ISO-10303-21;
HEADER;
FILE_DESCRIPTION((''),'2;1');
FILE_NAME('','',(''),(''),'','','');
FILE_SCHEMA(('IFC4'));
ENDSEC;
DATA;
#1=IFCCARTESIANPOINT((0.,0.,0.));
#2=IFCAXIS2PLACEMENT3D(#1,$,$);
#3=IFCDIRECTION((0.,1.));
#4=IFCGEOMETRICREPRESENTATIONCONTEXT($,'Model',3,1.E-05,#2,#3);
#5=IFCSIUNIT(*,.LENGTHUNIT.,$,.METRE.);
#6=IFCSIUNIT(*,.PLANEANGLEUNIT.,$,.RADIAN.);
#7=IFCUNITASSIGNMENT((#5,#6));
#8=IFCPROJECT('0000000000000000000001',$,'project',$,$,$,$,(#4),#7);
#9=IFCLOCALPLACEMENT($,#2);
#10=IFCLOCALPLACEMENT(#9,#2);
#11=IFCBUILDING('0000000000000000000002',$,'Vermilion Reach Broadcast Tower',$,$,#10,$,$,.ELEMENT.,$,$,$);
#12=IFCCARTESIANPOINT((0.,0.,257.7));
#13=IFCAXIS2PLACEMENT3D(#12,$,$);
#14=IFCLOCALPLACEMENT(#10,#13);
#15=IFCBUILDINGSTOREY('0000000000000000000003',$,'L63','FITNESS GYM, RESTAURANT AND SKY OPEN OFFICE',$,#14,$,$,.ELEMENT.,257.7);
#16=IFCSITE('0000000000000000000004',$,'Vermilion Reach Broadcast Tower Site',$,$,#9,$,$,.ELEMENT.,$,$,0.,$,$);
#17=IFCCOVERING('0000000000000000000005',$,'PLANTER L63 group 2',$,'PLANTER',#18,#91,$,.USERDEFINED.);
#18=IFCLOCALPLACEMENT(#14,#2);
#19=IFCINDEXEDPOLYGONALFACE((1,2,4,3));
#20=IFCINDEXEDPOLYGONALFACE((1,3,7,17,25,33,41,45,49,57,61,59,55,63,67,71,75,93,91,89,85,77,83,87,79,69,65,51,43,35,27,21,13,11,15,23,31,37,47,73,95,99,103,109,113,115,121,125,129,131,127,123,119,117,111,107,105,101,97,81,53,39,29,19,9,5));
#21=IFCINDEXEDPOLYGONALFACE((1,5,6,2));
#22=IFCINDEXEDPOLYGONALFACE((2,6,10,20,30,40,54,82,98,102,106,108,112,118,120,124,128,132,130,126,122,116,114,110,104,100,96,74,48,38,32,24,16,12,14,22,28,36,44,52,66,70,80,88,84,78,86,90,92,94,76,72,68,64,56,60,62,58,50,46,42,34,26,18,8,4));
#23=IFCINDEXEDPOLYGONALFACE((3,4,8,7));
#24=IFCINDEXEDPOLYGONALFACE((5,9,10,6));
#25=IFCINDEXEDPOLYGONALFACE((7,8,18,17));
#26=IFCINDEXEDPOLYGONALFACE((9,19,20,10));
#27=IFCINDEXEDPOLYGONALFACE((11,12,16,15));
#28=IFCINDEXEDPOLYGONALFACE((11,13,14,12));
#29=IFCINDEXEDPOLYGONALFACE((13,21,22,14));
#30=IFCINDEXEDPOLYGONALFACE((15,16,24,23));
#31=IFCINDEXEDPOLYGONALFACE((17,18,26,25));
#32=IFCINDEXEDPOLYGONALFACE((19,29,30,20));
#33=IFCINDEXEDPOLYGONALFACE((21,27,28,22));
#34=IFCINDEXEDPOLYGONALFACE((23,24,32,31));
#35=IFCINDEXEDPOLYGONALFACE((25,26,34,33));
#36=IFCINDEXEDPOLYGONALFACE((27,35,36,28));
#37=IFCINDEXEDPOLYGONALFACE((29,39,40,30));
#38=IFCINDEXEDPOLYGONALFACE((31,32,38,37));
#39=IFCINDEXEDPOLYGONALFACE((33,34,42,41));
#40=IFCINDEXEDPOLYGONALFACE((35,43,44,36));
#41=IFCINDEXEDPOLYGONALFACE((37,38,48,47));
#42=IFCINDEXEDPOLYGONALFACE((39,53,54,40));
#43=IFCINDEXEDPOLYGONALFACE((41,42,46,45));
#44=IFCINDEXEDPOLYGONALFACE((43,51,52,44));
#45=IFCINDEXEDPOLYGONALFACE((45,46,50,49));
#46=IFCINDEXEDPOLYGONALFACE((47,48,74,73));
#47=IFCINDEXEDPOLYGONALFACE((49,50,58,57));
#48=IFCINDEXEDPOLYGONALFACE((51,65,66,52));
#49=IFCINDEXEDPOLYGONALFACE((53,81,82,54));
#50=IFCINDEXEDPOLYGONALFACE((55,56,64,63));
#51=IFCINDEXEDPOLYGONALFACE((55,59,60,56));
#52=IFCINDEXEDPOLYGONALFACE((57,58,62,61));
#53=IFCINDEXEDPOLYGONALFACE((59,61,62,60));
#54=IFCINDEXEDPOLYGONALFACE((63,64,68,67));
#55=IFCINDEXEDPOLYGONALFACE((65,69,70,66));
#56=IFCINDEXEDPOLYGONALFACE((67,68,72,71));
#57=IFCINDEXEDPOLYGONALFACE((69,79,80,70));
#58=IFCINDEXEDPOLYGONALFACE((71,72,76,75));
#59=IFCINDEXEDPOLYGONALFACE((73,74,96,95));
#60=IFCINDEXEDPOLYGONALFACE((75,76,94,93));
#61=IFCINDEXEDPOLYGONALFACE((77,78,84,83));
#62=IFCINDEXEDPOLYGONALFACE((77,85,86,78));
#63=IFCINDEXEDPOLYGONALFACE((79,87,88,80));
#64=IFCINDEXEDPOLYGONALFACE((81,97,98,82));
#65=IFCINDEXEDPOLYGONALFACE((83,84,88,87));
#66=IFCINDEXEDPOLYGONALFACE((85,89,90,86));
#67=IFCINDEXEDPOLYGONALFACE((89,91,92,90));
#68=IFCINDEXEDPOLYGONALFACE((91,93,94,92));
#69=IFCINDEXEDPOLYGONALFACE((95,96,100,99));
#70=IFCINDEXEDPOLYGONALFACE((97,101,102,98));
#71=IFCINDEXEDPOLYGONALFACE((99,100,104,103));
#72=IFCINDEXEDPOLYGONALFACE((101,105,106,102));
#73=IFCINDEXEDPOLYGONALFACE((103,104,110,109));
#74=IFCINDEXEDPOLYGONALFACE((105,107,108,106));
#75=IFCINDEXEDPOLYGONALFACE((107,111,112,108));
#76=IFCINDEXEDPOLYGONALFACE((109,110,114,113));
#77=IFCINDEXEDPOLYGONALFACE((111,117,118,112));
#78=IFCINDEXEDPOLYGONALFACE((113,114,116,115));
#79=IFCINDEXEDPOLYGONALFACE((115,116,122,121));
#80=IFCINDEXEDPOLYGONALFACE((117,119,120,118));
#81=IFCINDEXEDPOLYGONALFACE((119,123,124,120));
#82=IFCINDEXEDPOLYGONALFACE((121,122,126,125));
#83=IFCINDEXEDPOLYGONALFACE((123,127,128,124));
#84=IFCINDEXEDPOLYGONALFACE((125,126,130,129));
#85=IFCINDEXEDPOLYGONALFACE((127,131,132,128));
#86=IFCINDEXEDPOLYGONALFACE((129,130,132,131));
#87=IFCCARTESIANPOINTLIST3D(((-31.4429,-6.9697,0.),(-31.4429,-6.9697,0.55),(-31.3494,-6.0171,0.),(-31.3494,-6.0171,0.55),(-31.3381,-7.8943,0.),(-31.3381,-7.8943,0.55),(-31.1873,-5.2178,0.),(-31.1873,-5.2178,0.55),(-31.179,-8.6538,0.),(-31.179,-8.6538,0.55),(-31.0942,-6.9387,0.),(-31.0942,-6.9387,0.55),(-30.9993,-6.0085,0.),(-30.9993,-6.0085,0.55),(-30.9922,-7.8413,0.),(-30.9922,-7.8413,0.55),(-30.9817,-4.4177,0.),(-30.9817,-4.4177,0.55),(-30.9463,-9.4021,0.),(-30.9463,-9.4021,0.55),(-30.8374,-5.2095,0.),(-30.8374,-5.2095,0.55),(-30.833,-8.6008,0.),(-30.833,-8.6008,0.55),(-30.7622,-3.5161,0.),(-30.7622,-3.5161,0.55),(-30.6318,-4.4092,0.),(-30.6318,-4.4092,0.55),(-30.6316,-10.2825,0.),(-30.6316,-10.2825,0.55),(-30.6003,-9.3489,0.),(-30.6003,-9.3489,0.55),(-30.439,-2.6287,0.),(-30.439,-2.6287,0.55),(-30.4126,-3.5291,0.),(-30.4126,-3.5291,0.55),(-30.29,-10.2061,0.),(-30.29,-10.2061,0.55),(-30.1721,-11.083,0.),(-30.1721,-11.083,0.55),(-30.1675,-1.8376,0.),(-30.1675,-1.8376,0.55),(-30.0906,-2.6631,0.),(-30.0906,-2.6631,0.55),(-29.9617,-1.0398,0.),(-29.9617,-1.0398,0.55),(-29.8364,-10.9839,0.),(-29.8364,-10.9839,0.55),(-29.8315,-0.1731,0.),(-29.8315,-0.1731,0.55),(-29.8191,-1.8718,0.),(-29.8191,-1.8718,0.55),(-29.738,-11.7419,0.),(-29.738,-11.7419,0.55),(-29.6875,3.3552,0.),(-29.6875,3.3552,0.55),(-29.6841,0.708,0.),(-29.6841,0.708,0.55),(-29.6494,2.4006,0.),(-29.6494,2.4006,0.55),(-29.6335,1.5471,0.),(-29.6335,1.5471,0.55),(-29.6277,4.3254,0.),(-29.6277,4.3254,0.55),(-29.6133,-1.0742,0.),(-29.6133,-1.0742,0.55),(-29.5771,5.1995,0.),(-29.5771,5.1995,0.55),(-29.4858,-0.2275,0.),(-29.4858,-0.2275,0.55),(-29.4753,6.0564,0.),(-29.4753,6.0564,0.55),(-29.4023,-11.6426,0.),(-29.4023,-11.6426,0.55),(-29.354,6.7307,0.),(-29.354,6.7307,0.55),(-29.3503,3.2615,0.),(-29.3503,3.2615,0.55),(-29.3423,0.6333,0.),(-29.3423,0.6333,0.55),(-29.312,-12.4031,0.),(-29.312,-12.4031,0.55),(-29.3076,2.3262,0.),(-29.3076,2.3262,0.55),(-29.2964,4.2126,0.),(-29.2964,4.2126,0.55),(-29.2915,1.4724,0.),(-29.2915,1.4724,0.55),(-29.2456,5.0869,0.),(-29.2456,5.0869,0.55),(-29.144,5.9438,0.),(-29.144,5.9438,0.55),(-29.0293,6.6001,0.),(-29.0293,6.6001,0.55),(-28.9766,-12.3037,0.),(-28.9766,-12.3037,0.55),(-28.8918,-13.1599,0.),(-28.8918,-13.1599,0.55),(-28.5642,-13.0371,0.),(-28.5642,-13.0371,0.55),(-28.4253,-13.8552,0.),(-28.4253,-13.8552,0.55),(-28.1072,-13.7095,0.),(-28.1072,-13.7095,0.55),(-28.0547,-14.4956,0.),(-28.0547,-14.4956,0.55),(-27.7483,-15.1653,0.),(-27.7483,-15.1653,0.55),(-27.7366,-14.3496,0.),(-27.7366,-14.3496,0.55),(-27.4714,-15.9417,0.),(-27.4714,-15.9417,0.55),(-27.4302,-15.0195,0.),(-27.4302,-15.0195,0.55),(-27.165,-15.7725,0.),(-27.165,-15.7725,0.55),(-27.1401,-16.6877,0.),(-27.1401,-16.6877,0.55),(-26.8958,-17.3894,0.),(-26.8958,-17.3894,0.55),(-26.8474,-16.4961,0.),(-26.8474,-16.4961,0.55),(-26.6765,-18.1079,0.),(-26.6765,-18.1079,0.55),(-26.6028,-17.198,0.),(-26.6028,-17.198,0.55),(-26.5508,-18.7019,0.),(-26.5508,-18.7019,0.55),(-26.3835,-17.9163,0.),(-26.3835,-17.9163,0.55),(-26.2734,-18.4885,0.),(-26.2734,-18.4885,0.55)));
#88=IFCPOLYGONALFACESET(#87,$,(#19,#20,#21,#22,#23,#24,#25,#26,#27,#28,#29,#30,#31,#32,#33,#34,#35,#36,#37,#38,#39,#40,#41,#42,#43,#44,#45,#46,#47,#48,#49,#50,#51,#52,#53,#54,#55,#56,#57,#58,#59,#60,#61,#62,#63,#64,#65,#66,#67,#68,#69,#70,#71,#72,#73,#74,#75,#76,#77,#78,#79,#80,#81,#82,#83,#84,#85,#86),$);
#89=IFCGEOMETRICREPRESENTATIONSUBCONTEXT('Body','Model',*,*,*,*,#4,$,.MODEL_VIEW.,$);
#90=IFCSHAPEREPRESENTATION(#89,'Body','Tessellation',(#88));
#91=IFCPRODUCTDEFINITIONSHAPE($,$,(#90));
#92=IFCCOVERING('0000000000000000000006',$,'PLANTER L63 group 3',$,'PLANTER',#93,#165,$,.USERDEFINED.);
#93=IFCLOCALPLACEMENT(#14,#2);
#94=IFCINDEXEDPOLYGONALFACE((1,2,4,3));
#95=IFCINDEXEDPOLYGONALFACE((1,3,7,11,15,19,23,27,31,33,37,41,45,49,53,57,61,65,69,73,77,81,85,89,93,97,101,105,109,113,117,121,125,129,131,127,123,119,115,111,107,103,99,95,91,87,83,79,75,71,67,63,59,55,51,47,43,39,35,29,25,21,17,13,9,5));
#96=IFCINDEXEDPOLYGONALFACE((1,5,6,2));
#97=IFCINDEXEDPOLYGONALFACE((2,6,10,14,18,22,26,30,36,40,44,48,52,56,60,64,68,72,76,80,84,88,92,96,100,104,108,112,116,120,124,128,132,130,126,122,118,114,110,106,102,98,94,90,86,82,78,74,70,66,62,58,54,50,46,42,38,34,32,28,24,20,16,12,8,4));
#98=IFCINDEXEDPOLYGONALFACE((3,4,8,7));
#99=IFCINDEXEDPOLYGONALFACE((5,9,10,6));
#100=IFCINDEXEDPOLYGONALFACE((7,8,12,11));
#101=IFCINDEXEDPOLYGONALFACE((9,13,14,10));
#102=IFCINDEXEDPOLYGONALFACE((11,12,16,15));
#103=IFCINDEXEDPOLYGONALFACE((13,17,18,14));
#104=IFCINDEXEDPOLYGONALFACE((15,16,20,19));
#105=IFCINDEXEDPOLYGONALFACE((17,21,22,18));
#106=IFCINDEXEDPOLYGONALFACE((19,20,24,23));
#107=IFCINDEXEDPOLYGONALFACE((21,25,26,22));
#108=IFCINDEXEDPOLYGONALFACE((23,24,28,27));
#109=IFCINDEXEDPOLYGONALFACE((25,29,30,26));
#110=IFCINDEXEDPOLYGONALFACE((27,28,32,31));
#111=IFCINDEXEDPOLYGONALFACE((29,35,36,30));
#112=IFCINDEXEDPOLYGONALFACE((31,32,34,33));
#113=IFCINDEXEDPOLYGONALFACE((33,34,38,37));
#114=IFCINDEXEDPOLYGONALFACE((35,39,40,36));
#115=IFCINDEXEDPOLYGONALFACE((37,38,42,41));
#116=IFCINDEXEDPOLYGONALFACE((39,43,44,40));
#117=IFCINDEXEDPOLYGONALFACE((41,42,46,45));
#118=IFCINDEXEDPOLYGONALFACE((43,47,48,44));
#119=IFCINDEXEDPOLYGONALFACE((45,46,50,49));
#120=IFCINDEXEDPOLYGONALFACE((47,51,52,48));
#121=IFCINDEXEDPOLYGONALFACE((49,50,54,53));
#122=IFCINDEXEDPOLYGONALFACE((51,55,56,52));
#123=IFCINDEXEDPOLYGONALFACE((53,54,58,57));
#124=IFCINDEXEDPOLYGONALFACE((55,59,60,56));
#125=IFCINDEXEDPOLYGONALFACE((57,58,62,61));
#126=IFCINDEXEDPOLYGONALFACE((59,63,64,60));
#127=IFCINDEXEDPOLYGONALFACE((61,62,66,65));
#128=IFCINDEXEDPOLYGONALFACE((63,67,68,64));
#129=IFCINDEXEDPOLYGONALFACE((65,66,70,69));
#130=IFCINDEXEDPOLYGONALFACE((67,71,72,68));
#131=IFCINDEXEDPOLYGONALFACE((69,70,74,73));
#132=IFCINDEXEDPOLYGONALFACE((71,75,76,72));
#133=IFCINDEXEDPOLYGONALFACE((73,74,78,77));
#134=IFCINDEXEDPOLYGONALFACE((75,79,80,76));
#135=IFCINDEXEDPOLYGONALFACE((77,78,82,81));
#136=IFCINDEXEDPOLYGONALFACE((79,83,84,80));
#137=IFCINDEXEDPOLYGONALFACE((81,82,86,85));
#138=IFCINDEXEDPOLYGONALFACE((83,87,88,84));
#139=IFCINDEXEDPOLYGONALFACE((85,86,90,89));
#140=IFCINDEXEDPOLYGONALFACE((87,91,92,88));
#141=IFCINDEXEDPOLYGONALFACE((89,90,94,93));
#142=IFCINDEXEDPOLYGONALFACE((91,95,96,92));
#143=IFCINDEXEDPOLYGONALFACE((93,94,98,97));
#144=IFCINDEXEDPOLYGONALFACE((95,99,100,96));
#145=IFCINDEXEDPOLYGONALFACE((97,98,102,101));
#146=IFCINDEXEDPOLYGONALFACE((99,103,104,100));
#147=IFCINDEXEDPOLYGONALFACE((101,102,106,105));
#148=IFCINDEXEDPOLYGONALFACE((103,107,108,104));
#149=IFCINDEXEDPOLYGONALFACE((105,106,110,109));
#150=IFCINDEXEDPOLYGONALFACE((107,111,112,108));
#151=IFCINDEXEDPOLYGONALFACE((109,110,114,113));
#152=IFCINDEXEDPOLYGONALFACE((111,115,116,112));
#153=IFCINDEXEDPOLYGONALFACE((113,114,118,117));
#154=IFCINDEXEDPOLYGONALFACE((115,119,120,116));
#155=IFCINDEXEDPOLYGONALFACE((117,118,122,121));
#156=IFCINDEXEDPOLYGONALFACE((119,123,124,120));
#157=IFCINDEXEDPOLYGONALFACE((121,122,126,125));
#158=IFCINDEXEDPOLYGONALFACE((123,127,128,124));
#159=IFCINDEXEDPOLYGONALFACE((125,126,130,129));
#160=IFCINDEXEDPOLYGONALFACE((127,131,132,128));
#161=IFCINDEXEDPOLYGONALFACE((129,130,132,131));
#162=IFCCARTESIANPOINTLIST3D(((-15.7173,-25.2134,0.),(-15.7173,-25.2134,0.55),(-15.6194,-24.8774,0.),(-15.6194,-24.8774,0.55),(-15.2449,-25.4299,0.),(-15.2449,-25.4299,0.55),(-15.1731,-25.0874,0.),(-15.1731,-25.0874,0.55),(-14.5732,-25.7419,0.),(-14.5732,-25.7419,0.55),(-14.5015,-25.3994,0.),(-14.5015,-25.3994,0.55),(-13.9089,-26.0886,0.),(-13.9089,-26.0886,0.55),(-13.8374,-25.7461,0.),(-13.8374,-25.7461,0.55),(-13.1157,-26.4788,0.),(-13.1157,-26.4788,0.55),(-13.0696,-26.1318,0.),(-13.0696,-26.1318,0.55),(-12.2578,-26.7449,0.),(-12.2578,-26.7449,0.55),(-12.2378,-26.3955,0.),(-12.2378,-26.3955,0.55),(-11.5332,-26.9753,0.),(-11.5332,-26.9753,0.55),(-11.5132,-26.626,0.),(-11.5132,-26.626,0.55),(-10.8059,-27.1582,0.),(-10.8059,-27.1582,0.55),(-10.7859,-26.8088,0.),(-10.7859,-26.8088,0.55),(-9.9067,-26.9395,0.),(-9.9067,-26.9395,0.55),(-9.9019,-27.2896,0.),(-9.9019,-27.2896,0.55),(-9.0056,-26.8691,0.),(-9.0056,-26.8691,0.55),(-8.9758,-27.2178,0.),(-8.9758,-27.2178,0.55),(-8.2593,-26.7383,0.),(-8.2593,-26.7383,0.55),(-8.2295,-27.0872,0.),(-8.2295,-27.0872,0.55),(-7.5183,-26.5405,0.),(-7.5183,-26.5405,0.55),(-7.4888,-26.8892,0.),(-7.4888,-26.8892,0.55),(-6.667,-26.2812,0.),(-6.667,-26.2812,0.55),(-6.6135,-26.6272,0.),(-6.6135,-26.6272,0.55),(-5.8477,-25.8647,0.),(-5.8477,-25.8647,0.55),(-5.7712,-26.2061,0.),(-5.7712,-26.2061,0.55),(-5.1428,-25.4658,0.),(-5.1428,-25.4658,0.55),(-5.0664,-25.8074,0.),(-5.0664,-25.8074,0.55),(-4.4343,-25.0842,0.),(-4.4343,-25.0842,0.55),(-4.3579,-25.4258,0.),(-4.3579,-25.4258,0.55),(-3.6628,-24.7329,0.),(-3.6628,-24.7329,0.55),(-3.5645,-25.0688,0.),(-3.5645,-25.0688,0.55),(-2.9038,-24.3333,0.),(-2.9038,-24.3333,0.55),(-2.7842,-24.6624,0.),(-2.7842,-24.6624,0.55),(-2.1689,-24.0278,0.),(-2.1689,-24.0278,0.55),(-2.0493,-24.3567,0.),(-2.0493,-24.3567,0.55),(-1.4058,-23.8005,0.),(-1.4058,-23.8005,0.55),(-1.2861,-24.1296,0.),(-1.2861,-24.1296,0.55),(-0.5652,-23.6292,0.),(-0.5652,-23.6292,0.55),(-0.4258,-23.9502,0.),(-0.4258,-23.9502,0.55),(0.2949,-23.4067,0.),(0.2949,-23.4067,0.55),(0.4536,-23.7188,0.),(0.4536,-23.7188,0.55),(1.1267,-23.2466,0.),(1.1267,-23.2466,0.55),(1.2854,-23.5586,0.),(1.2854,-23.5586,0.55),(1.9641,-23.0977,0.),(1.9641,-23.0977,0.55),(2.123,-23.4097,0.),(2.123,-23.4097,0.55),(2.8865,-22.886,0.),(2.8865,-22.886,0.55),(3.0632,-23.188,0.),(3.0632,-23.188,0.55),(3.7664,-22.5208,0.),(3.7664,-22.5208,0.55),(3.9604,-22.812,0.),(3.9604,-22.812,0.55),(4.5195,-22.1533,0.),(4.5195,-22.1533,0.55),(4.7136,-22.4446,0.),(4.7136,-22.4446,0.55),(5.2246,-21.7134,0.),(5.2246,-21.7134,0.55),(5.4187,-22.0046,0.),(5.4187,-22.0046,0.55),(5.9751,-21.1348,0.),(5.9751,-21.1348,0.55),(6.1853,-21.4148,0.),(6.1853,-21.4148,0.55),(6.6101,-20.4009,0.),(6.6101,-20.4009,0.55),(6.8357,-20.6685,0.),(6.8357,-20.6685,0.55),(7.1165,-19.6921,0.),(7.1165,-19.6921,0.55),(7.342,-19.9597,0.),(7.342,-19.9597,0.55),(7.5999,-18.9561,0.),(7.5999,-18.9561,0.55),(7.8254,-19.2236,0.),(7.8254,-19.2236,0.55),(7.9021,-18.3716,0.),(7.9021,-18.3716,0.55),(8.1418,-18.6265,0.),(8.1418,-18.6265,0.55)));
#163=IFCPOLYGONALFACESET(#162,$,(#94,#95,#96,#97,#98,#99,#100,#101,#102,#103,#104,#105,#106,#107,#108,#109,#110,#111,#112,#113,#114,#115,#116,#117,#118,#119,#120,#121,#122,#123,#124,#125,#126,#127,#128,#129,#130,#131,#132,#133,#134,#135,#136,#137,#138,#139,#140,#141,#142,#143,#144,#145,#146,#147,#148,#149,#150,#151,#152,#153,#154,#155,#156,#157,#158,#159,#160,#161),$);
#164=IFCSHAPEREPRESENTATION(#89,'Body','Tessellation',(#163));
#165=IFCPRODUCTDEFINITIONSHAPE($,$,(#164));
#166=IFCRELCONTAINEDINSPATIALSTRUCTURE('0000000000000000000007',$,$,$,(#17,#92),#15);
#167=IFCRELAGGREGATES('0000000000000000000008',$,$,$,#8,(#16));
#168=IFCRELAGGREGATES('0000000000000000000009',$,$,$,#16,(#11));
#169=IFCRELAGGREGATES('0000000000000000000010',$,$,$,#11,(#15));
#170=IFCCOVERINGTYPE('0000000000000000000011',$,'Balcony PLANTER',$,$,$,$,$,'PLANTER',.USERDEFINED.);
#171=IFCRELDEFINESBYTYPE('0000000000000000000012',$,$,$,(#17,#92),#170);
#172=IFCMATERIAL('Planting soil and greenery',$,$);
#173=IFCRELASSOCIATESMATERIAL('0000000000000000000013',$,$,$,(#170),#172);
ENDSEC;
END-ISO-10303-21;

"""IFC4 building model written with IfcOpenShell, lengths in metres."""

from ifc_helpers import new_model, si_unit, direction, frame, origin, place, context, subcontext, project, spatial, polyline, outline, extrude, material, type_object, element, save


model = new_model("IFC4")

# Units and contexts
model_context = context("Model", 3, precision=1e-05, world=origin(), true_north=direction((0.0, 1.0)))
body_context = subcontext(model_context, "Body", "Model", "MODEL_VIEW")
ifc_project = project(units=[si_unit("LENGTHUNIT", "METRE"), si_unit("PLANEANGLEUNIT", "RADIAN")], contexts=[model_context])

# Site, building, storey
site_placement = place(None, origin())
site = spatial("IfcSite", under=ifc_project, at=site_placement, Name="Vermilion Reach Broadcast Tower Site", CompositionType="ELEMENT", RefElevation=0.0)
building_placement = place(site_placement, origin())
building = spatial("IfcBuilding", under=site, at=building_placement, Name="Vermilion Reach Broadcast Tower", CompositionType="ELEMENT")
storey_placement = place(building_placement, frame((0.0, 0.0, 257.7)))
storey = spatial("IfcBuildingStorey", under=building, at=storey_placement, Name="L63", Description="FITNESS GYM, RESTAURANT AND SKY OPEN OFFICE", CompositionType="ELEMENT", Elevation=257.7)

# Shared definitions
placement_1 = place(storey_placement, origin())

# Coverings
ifc_material_1 = material(Name="Planting soil and greenery")
covering_type = type_object("IfcCoveringType", Name="Balcony PLANTER", ElementType="PLANTER", PredefinedType="USERDEFINED", material=ifc_material_1)
element("IfcCovering", 1, at=placement_1, inside=storey, type_object=covering_type, Name="PLANTER L63 group 2", ObjectType="PLANTER", PredefinedType="USERDEFINED", context=body_context, shape_type="SweptSolid", body=[
    extrude(outline(polyline([(-29.354, 6.7307), (-29.4753, 6.0564), (-29.5771, 5.1995), (-29.6277, 4.3254), (-29.6875, 3.3552), (-29.6494, 2.4006), (-29.6335, 1.5471), (-29.6841, 0.708), (-29.8315, -0.1731), (-29.9617, -1.0398), (-30.1675, -1.8376), (-30.439, -2.6287), (-30.7622, -3.5161), (-30.9817, -4.4177), (-31.1873, -5.2178), (-31.3494, -6.0171), (-31.4429, -6.9697), (-31.3381, -7.8943), (-31.179, -8.6538), (-30.9463, -9.4021), (-30.6316, -10.2825), (-30.1721, -11.083), (-29.738, -11.7419), (-29.312, -12.4031), (-28.8918, -13.1599), (-28.4253, -13.8552), (-28.0547, -14.4956), (-27.7483, -15.1653), (-27.4714, -15.9417), (-27.1401, -16.6877), (-26.8958, -17.3894), (-26.6765, -18.1079), (-26.5508, -18.7019), (-26.2734, -18.4885), (-26.3835, -17.9163), (-26.6028, -17.198), (-26.8474, -16.4961), (-27.165, -15.7725), (-27.4302, -15.0195), (-27.7366, -14.3496), (-28.1072, -13.7095), (-28.5642, -13.0371), (-28.9766, -12.3037), (-29.4023, -11.6426), (-29.8364, -10.9839), (-30.29, -10.2061), (-30.6003, -9.3489), (-30.833, -8.6008), (-30.9922, -7.8413), (-31.0942, -6.9387), (-30.9993, -6.0085), (-30.8374, -5.2095), (-30.6318, -4.4092), (-30.4126, -3.5291), (-30.0906, -2.6631), (-29.8191, -1.8718), (-29.6133, -1.0742), (-29.4858, -0.2275), (-29.3423, 0.6333), (-29.2915, 1.4724), (-29.3076, 2.3262), (-29.3503, 3.2615), (-29.2964, 4.2126), (-29.2456, 5.0869), (-29.144, 5.9438), (-29.0293, 6.6001), (-29.354, 6.7307)])), origin(), (0.0, 0.0, 1.0), 0.55),
])
element("IfcCovering", 2, at=placement_1, inside=storey, type_object=covering_type, Name="PLANTER L63 group 3", ObjectType="PLANTER", PredefinedType="USERDEFINED", context=body_context, shape_type="SweptSolid", body=[
    extrude(outline(polyline([(-15.7173, -25.2134), (-15.2449, -25.4299), (-14.5732, -25.7419), (-13.9089, -26.0886), (-13.1157, -26.4788), (-12.2578, -26.7449), (-11.5332, -26.9753), (-10.8059, -27.1582), (-9.9019, -27.2896), (-8.9758, -27.2178), (-8.2295, -27.0872), (-7.4888, -26.8892), (-6.6135, -26.6272), (-5.7712, -26.2061), (-5.0664, -25.8074), (-4.3579, -25.4258), (-3.5645, -25.0688), (-2.7842, -24.6624), (-2.0493, -24.3567), (-1.2861, -24.1296), (-0.4258, -23.9502), (0.4536, -23.7188), (1.2854, -23.5586), (2.123, -23.4097), (3.0632, -23.188), (3.9604, -22.812), (4.7136, -22.4446), (5.4187, -22.0046), (6.1853, -21.4148), (6.8357, -20.6685), (7.342, -19.9597), (7.8254, -19.2236), (8.1418, -18.6265), (7.9021, -18.3716), (7.5999, -18.9561), (7.1165, -19.6921), (6.6101, -20.4009), (5.9751, -21.1348), (5.2246, -21.7134), (4.5195, -22.1533), (3.7664, -22.5208), (2.8865, -22.886), (1.9641, -23.0977), (1.1267, -23.2466), (0.2949, -23.4067), (-0.5652, -23.6292), (-1.4058, -23.8005), (-2.1689, -24.0278), (-2.9038, -24.3333), (-3.6628, -24.7329), (-4.4343, -25.0842), (-5.1428, -25.4658), (-5.8477, -25.8647), (-6.667, -26.2812), (-7.5183, -26.5405), (-8.2593, -26.7383), (-9.0056, -26.8691), (-9.9067, -26.9395), (-10.7859, -26.8088), (-11.5132, -26.626), (-12.2378, -26.3955), (-13.0696, -26.1318), (-13.8374, -25.7461), (-14.5015, -25.3994), (-15.1731, -25.0874), (-15.6194, -24.8774), (-15.7173, -25.2134)])), origin(), (0.0, 0.0, 1.0), 0.55),
])

save(model, "model.ifc")
